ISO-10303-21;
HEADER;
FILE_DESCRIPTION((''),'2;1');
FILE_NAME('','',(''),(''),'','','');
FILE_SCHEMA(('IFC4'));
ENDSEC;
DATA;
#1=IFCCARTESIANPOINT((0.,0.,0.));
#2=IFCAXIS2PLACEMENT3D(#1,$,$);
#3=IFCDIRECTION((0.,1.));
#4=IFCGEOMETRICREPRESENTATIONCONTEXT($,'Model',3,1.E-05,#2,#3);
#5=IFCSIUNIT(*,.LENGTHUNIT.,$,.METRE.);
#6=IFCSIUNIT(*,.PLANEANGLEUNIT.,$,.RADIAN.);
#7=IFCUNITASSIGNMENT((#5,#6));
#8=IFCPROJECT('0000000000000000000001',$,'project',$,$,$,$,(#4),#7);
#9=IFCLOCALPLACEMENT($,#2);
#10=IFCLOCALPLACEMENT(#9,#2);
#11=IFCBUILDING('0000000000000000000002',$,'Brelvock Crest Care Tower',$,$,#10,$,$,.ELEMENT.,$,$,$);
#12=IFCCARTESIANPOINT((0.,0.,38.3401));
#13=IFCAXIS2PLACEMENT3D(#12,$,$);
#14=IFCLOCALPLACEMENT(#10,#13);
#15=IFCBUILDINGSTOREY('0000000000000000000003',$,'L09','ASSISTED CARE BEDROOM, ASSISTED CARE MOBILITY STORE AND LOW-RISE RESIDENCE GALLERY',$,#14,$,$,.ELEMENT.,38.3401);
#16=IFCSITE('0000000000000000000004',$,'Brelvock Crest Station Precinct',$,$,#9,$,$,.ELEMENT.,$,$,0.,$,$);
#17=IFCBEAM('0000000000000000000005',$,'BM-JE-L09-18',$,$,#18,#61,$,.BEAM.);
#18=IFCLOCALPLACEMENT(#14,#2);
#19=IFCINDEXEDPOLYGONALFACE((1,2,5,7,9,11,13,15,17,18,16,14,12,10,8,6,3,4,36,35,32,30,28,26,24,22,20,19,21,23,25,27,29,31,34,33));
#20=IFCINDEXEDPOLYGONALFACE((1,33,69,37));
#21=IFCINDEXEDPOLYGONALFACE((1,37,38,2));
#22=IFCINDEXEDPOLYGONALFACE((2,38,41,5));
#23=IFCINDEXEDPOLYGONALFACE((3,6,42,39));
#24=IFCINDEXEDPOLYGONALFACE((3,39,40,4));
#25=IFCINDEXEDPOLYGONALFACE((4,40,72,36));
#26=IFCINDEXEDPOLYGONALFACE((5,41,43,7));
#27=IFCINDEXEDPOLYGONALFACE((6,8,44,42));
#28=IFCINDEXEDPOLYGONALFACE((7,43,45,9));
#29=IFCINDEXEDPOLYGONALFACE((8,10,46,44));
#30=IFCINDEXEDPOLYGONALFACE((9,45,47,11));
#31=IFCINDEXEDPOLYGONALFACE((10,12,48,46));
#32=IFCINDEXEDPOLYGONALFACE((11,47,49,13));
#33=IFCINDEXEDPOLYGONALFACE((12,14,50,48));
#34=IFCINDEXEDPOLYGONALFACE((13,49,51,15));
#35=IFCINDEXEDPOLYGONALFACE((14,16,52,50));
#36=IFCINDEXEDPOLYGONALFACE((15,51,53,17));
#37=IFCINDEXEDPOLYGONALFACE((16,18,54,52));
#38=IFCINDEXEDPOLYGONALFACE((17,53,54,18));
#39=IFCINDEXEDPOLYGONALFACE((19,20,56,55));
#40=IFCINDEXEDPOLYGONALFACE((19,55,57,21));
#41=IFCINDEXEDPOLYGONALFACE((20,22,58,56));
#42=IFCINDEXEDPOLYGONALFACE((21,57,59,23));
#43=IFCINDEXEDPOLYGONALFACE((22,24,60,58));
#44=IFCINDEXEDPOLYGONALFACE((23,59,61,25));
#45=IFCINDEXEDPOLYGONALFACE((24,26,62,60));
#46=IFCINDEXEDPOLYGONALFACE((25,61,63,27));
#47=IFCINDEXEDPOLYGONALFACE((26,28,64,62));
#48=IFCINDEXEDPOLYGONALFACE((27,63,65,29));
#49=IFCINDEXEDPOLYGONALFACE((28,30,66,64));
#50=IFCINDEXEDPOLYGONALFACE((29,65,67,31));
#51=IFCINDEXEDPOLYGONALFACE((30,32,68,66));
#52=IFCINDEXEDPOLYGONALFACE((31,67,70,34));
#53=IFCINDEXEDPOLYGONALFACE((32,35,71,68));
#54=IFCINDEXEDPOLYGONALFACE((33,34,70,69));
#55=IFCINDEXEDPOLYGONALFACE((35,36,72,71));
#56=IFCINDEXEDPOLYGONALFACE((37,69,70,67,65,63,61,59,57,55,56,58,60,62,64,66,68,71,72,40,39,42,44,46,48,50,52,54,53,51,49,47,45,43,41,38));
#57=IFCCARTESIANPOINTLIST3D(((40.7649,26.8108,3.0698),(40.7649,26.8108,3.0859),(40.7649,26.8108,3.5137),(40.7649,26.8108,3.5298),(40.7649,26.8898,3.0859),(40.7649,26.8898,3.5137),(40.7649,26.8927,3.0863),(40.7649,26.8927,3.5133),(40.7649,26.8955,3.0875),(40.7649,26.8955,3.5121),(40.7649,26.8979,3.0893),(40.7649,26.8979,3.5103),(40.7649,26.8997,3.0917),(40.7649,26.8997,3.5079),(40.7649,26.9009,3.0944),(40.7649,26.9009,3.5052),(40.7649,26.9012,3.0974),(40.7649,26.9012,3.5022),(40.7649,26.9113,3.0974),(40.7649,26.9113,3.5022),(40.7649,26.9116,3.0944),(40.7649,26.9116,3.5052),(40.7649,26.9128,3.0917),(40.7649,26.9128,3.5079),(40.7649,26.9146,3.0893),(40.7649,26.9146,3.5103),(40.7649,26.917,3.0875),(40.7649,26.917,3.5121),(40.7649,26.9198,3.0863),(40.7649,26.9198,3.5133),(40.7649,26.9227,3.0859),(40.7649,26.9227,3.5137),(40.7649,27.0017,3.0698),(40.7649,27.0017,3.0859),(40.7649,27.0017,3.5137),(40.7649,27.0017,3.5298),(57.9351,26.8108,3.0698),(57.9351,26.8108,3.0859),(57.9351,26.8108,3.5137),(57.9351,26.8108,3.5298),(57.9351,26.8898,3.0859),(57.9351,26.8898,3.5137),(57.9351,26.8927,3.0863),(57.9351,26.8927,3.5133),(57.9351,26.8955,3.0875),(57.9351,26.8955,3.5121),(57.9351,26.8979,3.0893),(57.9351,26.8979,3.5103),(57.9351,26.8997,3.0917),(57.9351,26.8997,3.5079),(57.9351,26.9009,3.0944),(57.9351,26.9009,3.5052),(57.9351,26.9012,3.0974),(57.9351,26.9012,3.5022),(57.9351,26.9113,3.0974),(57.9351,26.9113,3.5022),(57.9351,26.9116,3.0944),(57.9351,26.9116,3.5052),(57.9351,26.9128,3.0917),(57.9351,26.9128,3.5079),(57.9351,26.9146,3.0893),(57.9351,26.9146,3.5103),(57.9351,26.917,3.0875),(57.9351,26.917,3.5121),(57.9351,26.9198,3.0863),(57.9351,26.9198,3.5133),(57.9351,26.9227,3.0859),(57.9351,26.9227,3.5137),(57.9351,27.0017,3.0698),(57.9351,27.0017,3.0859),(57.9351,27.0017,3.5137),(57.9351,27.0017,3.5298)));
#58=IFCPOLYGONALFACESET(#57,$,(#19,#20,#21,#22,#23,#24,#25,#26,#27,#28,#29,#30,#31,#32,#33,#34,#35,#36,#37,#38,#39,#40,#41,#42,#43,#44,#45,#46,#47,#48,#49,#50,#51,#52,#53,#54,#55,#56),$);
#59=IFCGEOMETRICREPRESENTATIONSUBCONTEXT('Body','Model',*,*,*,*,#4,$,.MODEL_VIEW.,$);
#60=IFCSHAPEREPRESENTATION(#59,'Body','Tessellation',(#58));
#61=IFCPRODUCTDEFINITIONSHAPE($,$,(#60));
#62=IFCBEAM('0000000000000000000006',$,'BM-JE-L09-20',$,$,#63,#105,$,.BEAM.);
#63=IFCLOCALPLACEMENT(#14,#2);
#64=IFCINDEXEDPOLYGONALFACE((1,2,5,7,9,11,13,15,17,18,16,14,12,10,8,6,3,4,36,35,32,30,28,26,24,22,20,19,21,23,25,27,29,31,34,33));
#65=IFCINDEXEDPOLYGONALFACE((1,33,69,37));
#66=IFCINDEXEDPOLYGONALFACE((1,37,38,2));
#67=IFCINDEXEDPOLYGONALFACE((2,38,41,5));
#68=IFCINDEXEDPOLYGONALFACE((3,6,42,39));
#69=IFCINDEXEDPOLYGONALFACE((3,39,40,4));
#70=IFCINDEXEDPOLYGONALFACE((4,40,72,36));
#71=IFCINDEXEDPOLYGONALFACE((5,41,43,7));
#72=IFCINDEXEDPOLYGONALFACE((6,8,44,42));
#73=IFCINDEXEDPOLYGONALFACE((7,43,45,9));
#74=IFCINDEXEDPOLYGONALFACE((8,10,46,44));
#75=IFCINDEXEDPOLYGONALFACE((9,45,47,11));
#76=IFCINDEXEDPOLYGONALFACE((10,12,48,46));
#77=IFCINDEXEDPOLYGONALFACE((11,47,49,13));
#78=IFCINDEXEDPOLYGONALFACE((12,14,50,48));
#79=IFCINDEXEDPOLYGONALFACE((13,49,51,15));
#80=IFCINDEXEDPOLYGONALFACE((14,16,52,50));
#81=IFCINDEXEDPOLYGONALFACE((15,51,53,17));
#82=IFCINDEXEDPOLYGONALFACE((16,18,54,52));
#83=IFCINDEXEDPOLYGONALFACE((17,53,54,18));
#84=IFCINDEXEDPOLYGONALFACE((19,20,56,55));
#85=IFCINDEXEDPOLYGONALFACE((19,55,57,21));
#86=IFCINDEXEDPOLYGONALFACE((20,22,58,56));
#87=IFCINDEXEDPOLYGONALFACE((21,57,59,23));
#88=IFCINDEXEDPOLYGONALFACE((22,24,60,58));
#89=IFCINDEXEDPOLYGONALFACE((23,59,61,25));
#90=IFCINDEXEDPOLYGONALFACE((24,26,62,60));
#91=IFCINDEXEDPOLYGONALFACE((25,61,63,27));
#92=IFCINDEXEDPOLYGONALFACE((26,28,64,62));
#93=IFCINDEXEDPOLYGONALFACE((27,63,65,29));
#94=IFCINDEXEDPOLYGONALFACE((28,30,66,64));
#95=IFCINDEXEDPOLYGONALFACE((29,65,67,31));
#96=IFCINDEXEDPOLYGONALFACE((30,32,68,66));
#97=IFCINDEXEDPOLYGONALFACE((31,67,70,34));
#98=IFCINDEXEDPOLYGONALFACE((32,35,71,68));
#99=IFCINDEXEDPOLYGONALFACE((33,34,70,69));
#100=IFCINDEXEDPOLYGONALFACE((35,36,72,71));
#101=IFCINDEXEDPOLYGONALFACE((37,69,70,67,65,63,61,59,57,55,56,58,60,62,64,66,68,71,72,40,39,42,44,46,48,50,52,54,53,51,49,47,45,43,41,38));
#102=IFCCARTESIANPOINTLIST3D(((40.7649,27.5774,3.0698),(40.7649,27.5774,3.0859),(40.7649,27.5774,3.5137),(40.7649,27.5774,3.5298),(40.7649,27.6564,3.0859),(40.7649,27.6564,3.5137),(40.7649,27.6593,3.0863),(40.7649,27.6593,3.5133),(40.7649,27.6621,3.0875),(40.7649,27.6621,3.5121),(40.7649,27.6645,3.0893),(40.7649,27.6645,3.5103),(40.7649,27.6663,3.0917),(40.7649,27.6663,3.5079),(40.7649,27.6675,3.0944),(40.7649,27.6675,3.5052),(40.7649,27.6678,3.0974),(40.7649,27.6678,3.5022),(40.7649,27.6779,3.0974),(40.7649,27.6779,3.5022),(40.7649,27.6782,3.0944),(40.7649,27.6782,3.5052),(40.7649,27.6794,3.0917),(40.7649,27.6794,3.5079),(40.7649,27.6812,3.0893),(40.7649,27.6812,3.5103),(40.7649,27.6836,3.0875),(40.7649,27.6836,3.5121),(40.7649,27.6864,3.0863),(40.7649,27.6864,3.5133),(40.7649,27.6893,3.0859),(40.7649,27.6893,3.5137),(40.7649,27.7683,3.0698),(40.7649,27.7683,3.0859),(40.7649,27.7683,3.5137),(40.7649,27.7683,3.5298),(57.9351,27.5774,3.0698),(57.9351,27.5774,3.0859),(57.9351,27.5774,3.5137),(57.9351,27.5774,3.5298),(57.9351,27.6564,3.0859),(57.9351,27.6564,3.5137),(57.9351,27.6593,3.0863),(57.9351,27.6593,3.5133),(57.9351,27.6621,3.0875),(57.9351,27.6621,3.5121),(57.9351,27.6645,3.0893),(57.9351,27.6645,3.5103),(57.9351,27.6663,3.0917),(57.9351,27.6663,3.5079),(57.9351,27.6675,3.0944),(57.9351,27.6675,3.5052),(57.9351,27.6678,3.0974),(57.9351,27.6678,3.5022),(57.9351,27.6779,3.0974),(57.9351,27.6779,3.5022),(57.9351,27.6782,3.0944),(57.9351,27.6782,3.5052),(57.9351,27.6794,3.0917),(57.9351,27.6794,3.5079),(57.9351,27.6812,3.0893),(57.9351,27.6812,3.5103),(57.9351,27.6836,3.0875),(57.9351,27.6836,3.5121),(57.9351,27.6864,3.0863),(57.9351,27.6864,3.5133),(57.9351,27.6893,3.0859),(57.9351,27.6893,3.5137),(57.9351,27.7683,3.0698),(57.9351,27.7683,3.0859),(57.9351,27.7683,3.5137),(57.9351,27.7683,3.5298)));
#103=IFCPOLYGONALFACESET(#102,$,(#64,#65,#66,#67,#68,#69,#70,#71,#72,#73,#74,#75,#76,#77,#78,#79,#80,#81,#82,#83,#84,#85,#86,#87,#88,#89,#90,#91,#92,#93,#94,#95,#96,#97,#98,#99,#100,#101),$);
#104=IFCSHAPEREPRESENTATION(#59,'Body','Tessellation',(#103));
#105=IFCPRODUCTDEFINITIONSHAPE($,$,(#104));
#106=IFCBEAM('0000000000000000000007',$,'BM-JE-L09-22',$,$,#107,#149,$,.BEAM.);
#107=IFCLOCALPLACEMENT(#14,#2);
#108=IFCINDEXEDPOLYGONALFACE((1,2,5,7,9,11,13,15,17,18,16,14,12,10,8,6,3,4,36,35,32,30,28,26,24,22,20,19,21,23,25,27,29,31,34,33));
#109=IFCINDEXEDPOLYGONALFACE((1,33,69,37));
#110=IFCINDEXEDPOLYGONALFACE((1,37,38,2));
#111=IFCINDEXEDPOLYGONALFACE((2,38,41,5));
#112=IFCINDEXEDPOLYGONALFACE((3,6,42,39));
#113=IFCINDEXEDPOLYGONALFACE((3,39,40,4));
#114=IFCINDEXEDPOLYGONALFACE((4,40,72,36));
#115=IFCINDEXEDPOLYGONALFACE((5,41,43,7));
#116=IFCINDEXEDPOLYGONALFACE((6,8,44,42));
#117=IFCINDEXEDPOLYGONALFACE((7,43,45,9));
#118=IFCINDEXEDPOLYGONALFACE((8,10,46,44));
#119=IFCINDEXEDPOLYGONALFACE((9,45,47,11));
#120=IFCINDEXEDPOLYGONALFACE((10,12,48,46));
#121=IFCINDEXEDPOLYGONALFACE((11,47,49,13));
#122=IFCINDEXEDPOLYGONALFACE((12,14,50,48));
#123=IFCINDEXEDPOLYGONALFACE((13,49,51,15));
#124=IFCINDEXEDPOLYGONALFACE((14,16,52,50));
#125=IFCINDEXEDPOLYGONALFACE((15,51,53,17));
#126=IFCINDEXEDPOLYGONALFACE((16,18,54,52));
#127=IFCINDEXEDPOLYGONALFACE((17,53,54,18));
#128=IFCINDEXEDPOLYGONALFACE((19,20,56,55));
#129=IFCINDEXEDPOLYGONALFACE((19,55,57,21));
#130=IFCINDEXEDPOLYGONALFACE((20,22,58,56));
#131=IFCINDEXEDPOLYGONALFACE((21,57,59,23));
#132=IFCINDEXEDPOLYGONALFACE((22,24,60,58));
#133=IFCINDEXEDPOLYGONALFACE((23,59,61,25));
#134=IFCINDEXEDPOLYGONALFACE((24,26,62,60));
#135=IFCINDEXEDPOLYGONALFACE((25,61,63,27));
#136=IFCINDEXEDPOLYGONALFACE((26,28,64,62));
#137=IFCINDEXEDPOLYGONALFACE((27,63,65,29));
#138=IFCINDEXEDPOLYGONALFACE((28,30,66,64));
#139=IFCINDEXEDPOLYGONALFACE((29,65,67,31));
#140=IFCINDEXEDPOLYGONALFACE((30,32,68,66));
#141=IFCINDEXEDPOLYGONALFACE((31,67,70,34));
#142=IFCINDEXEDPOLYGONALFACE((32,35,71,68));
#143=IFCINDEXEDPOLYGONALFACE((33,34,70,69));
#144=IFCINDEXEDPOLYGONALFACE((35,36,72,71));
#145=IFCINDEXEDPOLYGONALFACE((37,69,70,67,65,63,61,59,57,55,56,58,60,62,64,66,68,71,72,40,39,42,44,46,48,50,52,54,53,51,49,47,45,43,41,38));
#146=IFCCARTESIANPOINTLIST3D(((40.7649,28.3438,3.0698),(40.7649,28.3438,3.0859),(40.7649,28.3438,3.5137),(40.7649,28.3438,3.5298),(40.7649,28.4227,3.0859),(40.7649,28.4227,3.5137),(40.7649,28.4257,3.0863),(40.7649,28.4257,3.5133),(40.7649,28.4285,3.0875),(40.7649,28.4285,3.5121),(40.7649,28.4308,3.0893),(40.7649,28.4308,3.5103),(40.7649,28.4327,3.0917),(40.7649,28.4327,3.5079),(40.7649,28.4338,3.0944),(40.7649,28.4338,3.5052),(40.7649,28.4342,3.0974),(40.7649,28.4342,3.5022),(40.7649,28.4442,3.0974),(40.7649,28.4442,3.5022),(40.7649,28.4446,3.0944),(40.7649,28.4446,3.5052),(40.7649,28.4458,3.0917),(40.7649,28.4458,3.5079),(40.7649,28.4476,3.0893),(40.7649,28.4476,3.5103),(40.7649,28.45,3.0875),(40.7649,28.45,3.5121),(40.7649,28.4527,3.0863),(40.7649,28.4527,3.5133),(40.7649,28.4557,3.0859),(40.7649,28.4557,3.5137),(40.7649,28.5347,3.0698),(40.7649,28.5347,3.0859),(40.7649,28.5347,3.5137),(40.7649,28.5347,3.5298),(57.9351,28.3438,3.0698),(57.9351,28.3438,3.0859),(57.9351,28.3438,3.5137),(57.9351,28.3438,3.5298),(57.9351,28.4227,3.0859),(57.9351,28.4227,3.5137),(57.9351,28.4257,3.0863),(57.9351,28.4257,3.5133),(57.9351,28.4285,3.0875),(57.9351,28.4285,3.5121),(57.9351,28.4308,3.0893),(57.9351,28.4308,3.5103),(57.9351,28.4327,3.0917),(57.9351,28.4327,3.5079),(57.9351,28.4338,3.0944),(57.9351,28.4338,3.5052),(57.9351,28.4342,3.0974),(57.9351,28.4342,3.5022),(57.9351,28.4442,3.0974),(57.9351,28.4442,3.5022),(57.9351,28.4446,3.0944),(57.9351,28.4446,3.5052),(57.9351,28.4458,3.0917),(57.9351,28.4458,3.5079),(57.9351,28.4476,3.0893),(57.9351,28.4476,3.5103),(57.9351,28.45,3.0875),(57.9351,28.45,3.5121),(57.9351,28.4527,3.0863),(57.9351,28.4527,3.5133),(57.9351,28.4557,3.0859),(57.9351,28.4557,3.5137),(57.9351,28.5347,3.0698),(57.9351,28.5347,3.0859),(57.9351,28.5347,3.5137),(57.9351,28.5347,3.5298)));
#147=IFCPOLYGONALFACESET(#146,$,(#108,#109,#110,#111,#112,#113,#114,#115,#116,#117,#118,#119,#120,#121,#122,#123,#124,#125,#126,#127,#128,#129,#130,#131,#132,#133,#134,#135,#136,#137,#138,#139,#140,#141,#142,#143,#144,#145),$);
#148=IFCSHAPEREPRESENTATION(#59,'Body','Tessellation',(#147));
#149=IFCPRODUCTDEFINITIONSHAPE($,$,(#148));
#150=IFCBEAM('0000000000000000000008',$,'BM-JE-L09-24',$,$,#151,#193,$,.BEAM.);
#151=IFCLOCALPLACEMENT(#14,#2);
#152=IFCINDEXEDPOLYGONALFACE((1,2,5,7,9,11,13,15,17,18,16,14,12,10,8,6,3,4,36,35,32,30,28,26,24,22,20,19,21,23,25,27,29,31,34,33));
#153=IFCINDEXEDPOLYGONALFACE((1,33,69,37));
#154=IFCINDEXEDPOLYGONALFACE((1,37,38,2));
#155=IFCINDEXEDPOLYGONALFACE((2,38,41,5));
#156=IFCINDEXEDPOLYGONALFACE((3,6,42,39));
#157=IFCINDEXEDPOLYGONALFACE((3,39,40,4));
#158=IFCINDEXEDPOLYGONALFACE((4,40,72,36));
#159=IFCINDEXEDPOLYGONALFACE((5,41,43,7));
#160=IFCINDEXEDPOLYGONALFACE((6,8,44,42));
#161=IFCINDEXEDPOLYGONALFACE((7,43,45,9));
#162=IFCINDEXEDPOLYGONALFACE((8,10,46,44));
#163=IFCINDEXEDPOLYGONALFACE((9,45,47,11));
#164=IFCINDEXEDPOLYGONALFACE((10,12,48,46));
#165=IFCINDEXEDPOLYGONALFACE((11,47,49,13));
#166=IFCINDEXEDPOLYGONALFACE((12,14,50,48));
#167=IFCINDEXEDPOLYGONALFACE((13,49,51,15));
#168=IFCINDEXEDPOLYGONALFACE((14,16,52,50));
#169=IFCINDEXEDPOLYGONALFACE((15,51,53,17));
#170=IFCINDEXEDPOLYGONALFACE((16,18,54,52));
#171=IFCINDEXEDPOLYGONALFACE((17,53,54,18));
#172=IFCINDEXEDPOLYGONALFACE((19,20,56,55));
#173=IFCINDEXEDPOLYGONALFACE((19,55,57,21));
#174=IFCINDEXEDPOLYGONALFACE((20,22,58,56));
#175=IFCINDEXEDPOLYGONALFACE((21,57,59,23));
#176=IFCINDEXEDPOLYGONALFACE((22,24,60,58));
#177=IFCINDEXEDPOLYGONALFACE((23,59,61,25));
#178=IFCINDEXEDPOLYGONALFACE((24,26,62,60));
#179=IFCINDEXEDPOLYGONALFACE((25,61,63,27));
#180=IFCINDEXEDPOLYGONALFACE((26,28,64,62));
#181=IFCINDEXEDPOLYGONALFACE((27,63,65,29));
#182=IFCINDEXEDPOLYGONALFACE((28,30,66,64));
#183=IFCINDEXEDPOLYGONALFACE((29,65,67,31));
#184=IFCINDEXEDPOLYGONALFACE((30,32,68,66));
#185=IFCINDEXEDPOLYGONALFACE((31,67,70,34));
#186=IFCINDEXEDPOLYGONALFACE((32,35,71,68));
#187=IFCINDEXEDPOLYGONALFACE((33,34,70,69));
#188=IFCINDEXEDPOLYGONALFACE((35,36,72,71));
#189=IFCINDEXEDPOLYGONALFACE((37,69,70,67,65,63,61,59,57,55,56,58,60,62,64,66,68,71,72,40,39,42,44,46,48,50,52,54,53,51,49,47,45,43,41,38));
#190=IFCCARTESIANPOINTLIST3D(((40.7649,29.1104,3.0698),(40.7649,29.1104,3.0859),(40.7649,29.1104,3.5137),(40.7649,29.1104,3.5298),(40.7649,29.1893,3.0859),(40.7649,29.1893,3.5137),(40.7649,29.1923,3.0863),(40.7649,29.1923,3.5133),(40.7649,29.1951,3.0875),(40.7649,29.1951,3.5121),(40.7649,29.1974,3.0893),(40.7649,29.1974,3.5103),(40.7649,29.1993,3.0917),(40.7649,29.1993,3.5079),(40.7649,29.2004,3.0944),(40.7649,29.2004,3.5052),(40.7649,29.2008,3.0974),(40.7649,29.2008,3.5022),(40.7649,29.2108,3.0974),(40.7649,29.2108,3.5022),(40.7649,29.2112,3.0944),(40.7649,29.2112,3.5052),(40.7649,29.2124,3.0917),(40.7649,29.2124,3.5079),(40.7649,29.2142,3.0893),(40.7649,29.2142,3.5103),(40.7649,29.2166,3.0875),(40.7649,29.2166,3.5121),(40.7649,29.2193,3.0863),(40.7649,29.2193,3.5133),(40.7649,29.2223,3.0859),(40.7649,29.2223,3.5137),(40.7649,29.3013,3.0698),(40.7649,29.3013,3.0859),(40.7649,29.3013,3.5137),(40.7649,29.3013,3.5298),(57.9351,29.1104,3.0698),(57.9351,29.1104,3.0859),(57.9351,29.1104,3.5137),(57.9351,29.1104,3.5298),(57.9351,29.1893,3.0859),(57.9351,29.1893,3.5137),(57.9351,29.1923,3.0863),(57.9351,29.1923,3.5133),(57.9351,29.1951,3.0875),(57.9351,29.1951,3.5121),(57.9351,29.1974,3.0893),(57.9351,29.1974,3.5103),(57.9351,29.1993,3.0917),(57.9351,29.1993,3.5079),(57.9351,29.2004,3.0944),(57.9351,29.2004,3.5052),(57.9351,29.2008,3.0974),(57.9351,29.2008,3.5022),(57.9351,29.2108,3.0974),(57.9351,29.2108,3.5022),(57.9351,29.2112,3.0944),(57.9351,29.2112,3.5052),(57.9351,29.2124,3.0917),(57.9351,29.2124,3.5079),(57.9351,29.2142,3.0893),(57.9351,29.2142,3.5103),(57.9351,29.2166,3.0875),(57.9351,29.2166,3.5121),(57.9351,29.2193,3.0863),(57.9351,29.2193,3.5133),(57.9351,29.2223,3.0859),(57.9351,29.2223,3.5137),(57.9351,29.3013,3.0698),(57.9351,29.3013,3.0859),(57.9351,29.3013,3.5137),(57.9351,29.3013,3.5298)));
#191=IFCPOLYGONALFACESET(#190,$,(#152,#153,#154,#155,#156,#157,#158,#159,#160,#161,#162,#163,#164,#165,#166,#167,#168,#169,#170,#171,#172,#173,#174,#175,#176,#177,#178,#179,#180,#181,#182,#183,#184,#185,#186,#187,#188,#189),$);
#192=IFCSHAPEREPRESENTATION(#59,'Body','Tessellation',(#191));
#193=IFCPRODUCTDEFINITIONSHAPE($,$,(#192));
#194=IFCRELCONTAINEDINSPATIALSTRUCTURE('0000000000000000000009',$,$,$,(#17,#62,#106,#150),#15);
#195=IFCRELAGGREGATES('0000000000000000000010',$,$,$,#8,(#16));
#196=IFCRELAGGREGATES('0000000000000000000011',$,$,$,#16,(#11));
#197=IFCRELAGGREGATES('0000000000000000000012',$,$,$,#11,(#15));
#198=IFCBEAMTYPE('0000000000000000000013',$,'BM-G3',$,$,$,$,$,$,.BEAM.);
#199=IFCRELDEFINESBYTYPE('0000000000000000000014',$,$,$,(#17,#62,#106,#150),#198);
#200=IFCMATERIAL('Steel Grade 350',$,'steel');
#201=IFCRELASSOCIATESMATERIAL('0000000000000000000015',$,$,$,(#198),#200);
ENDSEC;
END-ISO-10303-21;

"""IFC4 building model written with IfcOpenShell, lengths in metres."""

from ifc_helpers import new_model, si_unit, direction, frame, origin, origin_2d, place, context, subcontext, project, spatial, i_section, extrude, source, transform, mapped, material, material_profile, profile_set, type_object, element, save


model = new_model("IFC4")

# Units and contexts
model_context = context("Model", 3, precision=1e-05, world=origin(), true_north=direction((0.0, 1.0)))
body_context = subcontext(model_context, "Body", "Model", "MODEL_VIEW")
ifc_project = project(units=[si_unit("LENGTHUNIT", "METRE"), si_unit("PLANEANGLEUNIT", "RADIAN")], contexts=[model_context])

# Site, building, storey
site_placement = place(None, origin())
site = spatial("IfcSite", under=ifc_project, at=site_placement, Name="Brelvock Crest Station Precinct", CompositionType="ELEMENT", RefElevation=0.0)
building_placement = place(site_placement, origin())
building = spatial("IfcBuilding", under=site, at=building_placement, Name="Brelvock Crest Care Tower", CompositionType="ELEMENT")
storey_placement = place(building_placement, frame((0.0, 0.0, 38.3401)))
storey = spatial("IfcBuildingStorey", under=building, at=storey_placement, Name="L09", Description="ASSISTED CARE BEDROOM, ASSISTED CARE MOBILITY STORE AND LOW-RISE RESIDENCE GALLERY", CompositionType="ELEMENT", Elevation=38.3401)

# Beams
ifc_material_1 = material(Name="Steel Grade 350", Category="steel")
ifc_material_profile_1 = material_profile(ifc_material_1, i_section(OverallWidth=0.1909, OverallDepth=0.46, WebThickness=0.01, FlangeThickness=0.0161, FilletRadius=0.0115, at=origin_2d()), Name="460UB82.1")
ifc_profile_set_1 = profile_set([ifc_material_profile_1], Name="Steel Grade 350")
beam_type_1 = type_object("IfcBeamType", Name="BM-G3", PredefinedType="BEAM", material=ifc_profile_set_1)
shared_shape_1 = source(origin(), body_context, "Body", "SweptSolid", [
    extrude(i_section(OverallWidth=0.1909, OverallDepth=0.46, WebThickness=0.01, FlangeThickness=0.0161, FilletRadius=0.0115, at=origin_2d()), origin(), (0.0, 0.0, 1.0), 17.1702),
])
for number, where, z_axis, x_axis, name in (
    (1, (40.7649, 26.9062, 3.2998), (1.0, 0.0, 0.0), (0.0, 1.0, 0.0), "BM-JE-L09-18"),
    (2, (40.7649, 27.6729, 3.2998), (1.0, 0.0, 0.0), (0.0, 1.0, 0.0), "BM-JE-L09-20"),
    (3, (40.7649, 28.4392, 3.2998), (1.0, 0.0, 0.0), (0.0, 1.0, 0.0), "BM-JE-L09-22"),
    (4, (40.7649, 29.2058, 3.2998), (1.0, 0.0, 0.0), (0.0, 1.0, 0.0), "BM-JE-L09-24"),
):
    element("IfcBeam", number, at=place(storey_placement, frame(where, z_axis=z_axis, x_axis=x_axis)), inside=storey, type_object=beam_type_1, Name=name, PredefinedType="BEAM", context=body_context, shape_type="MappedRepresentation", body=[
        mapped(shared_shape_1, transform((0.0, 0.0, 0.0), x_axis=(1.0, 0.0, 0.0), y_axis=(0.0, 1.0, 0.0), z_axis=(0.0, 0.0, 1.0), scale=1.0)),
    ])

save(model, "model.ifc")
